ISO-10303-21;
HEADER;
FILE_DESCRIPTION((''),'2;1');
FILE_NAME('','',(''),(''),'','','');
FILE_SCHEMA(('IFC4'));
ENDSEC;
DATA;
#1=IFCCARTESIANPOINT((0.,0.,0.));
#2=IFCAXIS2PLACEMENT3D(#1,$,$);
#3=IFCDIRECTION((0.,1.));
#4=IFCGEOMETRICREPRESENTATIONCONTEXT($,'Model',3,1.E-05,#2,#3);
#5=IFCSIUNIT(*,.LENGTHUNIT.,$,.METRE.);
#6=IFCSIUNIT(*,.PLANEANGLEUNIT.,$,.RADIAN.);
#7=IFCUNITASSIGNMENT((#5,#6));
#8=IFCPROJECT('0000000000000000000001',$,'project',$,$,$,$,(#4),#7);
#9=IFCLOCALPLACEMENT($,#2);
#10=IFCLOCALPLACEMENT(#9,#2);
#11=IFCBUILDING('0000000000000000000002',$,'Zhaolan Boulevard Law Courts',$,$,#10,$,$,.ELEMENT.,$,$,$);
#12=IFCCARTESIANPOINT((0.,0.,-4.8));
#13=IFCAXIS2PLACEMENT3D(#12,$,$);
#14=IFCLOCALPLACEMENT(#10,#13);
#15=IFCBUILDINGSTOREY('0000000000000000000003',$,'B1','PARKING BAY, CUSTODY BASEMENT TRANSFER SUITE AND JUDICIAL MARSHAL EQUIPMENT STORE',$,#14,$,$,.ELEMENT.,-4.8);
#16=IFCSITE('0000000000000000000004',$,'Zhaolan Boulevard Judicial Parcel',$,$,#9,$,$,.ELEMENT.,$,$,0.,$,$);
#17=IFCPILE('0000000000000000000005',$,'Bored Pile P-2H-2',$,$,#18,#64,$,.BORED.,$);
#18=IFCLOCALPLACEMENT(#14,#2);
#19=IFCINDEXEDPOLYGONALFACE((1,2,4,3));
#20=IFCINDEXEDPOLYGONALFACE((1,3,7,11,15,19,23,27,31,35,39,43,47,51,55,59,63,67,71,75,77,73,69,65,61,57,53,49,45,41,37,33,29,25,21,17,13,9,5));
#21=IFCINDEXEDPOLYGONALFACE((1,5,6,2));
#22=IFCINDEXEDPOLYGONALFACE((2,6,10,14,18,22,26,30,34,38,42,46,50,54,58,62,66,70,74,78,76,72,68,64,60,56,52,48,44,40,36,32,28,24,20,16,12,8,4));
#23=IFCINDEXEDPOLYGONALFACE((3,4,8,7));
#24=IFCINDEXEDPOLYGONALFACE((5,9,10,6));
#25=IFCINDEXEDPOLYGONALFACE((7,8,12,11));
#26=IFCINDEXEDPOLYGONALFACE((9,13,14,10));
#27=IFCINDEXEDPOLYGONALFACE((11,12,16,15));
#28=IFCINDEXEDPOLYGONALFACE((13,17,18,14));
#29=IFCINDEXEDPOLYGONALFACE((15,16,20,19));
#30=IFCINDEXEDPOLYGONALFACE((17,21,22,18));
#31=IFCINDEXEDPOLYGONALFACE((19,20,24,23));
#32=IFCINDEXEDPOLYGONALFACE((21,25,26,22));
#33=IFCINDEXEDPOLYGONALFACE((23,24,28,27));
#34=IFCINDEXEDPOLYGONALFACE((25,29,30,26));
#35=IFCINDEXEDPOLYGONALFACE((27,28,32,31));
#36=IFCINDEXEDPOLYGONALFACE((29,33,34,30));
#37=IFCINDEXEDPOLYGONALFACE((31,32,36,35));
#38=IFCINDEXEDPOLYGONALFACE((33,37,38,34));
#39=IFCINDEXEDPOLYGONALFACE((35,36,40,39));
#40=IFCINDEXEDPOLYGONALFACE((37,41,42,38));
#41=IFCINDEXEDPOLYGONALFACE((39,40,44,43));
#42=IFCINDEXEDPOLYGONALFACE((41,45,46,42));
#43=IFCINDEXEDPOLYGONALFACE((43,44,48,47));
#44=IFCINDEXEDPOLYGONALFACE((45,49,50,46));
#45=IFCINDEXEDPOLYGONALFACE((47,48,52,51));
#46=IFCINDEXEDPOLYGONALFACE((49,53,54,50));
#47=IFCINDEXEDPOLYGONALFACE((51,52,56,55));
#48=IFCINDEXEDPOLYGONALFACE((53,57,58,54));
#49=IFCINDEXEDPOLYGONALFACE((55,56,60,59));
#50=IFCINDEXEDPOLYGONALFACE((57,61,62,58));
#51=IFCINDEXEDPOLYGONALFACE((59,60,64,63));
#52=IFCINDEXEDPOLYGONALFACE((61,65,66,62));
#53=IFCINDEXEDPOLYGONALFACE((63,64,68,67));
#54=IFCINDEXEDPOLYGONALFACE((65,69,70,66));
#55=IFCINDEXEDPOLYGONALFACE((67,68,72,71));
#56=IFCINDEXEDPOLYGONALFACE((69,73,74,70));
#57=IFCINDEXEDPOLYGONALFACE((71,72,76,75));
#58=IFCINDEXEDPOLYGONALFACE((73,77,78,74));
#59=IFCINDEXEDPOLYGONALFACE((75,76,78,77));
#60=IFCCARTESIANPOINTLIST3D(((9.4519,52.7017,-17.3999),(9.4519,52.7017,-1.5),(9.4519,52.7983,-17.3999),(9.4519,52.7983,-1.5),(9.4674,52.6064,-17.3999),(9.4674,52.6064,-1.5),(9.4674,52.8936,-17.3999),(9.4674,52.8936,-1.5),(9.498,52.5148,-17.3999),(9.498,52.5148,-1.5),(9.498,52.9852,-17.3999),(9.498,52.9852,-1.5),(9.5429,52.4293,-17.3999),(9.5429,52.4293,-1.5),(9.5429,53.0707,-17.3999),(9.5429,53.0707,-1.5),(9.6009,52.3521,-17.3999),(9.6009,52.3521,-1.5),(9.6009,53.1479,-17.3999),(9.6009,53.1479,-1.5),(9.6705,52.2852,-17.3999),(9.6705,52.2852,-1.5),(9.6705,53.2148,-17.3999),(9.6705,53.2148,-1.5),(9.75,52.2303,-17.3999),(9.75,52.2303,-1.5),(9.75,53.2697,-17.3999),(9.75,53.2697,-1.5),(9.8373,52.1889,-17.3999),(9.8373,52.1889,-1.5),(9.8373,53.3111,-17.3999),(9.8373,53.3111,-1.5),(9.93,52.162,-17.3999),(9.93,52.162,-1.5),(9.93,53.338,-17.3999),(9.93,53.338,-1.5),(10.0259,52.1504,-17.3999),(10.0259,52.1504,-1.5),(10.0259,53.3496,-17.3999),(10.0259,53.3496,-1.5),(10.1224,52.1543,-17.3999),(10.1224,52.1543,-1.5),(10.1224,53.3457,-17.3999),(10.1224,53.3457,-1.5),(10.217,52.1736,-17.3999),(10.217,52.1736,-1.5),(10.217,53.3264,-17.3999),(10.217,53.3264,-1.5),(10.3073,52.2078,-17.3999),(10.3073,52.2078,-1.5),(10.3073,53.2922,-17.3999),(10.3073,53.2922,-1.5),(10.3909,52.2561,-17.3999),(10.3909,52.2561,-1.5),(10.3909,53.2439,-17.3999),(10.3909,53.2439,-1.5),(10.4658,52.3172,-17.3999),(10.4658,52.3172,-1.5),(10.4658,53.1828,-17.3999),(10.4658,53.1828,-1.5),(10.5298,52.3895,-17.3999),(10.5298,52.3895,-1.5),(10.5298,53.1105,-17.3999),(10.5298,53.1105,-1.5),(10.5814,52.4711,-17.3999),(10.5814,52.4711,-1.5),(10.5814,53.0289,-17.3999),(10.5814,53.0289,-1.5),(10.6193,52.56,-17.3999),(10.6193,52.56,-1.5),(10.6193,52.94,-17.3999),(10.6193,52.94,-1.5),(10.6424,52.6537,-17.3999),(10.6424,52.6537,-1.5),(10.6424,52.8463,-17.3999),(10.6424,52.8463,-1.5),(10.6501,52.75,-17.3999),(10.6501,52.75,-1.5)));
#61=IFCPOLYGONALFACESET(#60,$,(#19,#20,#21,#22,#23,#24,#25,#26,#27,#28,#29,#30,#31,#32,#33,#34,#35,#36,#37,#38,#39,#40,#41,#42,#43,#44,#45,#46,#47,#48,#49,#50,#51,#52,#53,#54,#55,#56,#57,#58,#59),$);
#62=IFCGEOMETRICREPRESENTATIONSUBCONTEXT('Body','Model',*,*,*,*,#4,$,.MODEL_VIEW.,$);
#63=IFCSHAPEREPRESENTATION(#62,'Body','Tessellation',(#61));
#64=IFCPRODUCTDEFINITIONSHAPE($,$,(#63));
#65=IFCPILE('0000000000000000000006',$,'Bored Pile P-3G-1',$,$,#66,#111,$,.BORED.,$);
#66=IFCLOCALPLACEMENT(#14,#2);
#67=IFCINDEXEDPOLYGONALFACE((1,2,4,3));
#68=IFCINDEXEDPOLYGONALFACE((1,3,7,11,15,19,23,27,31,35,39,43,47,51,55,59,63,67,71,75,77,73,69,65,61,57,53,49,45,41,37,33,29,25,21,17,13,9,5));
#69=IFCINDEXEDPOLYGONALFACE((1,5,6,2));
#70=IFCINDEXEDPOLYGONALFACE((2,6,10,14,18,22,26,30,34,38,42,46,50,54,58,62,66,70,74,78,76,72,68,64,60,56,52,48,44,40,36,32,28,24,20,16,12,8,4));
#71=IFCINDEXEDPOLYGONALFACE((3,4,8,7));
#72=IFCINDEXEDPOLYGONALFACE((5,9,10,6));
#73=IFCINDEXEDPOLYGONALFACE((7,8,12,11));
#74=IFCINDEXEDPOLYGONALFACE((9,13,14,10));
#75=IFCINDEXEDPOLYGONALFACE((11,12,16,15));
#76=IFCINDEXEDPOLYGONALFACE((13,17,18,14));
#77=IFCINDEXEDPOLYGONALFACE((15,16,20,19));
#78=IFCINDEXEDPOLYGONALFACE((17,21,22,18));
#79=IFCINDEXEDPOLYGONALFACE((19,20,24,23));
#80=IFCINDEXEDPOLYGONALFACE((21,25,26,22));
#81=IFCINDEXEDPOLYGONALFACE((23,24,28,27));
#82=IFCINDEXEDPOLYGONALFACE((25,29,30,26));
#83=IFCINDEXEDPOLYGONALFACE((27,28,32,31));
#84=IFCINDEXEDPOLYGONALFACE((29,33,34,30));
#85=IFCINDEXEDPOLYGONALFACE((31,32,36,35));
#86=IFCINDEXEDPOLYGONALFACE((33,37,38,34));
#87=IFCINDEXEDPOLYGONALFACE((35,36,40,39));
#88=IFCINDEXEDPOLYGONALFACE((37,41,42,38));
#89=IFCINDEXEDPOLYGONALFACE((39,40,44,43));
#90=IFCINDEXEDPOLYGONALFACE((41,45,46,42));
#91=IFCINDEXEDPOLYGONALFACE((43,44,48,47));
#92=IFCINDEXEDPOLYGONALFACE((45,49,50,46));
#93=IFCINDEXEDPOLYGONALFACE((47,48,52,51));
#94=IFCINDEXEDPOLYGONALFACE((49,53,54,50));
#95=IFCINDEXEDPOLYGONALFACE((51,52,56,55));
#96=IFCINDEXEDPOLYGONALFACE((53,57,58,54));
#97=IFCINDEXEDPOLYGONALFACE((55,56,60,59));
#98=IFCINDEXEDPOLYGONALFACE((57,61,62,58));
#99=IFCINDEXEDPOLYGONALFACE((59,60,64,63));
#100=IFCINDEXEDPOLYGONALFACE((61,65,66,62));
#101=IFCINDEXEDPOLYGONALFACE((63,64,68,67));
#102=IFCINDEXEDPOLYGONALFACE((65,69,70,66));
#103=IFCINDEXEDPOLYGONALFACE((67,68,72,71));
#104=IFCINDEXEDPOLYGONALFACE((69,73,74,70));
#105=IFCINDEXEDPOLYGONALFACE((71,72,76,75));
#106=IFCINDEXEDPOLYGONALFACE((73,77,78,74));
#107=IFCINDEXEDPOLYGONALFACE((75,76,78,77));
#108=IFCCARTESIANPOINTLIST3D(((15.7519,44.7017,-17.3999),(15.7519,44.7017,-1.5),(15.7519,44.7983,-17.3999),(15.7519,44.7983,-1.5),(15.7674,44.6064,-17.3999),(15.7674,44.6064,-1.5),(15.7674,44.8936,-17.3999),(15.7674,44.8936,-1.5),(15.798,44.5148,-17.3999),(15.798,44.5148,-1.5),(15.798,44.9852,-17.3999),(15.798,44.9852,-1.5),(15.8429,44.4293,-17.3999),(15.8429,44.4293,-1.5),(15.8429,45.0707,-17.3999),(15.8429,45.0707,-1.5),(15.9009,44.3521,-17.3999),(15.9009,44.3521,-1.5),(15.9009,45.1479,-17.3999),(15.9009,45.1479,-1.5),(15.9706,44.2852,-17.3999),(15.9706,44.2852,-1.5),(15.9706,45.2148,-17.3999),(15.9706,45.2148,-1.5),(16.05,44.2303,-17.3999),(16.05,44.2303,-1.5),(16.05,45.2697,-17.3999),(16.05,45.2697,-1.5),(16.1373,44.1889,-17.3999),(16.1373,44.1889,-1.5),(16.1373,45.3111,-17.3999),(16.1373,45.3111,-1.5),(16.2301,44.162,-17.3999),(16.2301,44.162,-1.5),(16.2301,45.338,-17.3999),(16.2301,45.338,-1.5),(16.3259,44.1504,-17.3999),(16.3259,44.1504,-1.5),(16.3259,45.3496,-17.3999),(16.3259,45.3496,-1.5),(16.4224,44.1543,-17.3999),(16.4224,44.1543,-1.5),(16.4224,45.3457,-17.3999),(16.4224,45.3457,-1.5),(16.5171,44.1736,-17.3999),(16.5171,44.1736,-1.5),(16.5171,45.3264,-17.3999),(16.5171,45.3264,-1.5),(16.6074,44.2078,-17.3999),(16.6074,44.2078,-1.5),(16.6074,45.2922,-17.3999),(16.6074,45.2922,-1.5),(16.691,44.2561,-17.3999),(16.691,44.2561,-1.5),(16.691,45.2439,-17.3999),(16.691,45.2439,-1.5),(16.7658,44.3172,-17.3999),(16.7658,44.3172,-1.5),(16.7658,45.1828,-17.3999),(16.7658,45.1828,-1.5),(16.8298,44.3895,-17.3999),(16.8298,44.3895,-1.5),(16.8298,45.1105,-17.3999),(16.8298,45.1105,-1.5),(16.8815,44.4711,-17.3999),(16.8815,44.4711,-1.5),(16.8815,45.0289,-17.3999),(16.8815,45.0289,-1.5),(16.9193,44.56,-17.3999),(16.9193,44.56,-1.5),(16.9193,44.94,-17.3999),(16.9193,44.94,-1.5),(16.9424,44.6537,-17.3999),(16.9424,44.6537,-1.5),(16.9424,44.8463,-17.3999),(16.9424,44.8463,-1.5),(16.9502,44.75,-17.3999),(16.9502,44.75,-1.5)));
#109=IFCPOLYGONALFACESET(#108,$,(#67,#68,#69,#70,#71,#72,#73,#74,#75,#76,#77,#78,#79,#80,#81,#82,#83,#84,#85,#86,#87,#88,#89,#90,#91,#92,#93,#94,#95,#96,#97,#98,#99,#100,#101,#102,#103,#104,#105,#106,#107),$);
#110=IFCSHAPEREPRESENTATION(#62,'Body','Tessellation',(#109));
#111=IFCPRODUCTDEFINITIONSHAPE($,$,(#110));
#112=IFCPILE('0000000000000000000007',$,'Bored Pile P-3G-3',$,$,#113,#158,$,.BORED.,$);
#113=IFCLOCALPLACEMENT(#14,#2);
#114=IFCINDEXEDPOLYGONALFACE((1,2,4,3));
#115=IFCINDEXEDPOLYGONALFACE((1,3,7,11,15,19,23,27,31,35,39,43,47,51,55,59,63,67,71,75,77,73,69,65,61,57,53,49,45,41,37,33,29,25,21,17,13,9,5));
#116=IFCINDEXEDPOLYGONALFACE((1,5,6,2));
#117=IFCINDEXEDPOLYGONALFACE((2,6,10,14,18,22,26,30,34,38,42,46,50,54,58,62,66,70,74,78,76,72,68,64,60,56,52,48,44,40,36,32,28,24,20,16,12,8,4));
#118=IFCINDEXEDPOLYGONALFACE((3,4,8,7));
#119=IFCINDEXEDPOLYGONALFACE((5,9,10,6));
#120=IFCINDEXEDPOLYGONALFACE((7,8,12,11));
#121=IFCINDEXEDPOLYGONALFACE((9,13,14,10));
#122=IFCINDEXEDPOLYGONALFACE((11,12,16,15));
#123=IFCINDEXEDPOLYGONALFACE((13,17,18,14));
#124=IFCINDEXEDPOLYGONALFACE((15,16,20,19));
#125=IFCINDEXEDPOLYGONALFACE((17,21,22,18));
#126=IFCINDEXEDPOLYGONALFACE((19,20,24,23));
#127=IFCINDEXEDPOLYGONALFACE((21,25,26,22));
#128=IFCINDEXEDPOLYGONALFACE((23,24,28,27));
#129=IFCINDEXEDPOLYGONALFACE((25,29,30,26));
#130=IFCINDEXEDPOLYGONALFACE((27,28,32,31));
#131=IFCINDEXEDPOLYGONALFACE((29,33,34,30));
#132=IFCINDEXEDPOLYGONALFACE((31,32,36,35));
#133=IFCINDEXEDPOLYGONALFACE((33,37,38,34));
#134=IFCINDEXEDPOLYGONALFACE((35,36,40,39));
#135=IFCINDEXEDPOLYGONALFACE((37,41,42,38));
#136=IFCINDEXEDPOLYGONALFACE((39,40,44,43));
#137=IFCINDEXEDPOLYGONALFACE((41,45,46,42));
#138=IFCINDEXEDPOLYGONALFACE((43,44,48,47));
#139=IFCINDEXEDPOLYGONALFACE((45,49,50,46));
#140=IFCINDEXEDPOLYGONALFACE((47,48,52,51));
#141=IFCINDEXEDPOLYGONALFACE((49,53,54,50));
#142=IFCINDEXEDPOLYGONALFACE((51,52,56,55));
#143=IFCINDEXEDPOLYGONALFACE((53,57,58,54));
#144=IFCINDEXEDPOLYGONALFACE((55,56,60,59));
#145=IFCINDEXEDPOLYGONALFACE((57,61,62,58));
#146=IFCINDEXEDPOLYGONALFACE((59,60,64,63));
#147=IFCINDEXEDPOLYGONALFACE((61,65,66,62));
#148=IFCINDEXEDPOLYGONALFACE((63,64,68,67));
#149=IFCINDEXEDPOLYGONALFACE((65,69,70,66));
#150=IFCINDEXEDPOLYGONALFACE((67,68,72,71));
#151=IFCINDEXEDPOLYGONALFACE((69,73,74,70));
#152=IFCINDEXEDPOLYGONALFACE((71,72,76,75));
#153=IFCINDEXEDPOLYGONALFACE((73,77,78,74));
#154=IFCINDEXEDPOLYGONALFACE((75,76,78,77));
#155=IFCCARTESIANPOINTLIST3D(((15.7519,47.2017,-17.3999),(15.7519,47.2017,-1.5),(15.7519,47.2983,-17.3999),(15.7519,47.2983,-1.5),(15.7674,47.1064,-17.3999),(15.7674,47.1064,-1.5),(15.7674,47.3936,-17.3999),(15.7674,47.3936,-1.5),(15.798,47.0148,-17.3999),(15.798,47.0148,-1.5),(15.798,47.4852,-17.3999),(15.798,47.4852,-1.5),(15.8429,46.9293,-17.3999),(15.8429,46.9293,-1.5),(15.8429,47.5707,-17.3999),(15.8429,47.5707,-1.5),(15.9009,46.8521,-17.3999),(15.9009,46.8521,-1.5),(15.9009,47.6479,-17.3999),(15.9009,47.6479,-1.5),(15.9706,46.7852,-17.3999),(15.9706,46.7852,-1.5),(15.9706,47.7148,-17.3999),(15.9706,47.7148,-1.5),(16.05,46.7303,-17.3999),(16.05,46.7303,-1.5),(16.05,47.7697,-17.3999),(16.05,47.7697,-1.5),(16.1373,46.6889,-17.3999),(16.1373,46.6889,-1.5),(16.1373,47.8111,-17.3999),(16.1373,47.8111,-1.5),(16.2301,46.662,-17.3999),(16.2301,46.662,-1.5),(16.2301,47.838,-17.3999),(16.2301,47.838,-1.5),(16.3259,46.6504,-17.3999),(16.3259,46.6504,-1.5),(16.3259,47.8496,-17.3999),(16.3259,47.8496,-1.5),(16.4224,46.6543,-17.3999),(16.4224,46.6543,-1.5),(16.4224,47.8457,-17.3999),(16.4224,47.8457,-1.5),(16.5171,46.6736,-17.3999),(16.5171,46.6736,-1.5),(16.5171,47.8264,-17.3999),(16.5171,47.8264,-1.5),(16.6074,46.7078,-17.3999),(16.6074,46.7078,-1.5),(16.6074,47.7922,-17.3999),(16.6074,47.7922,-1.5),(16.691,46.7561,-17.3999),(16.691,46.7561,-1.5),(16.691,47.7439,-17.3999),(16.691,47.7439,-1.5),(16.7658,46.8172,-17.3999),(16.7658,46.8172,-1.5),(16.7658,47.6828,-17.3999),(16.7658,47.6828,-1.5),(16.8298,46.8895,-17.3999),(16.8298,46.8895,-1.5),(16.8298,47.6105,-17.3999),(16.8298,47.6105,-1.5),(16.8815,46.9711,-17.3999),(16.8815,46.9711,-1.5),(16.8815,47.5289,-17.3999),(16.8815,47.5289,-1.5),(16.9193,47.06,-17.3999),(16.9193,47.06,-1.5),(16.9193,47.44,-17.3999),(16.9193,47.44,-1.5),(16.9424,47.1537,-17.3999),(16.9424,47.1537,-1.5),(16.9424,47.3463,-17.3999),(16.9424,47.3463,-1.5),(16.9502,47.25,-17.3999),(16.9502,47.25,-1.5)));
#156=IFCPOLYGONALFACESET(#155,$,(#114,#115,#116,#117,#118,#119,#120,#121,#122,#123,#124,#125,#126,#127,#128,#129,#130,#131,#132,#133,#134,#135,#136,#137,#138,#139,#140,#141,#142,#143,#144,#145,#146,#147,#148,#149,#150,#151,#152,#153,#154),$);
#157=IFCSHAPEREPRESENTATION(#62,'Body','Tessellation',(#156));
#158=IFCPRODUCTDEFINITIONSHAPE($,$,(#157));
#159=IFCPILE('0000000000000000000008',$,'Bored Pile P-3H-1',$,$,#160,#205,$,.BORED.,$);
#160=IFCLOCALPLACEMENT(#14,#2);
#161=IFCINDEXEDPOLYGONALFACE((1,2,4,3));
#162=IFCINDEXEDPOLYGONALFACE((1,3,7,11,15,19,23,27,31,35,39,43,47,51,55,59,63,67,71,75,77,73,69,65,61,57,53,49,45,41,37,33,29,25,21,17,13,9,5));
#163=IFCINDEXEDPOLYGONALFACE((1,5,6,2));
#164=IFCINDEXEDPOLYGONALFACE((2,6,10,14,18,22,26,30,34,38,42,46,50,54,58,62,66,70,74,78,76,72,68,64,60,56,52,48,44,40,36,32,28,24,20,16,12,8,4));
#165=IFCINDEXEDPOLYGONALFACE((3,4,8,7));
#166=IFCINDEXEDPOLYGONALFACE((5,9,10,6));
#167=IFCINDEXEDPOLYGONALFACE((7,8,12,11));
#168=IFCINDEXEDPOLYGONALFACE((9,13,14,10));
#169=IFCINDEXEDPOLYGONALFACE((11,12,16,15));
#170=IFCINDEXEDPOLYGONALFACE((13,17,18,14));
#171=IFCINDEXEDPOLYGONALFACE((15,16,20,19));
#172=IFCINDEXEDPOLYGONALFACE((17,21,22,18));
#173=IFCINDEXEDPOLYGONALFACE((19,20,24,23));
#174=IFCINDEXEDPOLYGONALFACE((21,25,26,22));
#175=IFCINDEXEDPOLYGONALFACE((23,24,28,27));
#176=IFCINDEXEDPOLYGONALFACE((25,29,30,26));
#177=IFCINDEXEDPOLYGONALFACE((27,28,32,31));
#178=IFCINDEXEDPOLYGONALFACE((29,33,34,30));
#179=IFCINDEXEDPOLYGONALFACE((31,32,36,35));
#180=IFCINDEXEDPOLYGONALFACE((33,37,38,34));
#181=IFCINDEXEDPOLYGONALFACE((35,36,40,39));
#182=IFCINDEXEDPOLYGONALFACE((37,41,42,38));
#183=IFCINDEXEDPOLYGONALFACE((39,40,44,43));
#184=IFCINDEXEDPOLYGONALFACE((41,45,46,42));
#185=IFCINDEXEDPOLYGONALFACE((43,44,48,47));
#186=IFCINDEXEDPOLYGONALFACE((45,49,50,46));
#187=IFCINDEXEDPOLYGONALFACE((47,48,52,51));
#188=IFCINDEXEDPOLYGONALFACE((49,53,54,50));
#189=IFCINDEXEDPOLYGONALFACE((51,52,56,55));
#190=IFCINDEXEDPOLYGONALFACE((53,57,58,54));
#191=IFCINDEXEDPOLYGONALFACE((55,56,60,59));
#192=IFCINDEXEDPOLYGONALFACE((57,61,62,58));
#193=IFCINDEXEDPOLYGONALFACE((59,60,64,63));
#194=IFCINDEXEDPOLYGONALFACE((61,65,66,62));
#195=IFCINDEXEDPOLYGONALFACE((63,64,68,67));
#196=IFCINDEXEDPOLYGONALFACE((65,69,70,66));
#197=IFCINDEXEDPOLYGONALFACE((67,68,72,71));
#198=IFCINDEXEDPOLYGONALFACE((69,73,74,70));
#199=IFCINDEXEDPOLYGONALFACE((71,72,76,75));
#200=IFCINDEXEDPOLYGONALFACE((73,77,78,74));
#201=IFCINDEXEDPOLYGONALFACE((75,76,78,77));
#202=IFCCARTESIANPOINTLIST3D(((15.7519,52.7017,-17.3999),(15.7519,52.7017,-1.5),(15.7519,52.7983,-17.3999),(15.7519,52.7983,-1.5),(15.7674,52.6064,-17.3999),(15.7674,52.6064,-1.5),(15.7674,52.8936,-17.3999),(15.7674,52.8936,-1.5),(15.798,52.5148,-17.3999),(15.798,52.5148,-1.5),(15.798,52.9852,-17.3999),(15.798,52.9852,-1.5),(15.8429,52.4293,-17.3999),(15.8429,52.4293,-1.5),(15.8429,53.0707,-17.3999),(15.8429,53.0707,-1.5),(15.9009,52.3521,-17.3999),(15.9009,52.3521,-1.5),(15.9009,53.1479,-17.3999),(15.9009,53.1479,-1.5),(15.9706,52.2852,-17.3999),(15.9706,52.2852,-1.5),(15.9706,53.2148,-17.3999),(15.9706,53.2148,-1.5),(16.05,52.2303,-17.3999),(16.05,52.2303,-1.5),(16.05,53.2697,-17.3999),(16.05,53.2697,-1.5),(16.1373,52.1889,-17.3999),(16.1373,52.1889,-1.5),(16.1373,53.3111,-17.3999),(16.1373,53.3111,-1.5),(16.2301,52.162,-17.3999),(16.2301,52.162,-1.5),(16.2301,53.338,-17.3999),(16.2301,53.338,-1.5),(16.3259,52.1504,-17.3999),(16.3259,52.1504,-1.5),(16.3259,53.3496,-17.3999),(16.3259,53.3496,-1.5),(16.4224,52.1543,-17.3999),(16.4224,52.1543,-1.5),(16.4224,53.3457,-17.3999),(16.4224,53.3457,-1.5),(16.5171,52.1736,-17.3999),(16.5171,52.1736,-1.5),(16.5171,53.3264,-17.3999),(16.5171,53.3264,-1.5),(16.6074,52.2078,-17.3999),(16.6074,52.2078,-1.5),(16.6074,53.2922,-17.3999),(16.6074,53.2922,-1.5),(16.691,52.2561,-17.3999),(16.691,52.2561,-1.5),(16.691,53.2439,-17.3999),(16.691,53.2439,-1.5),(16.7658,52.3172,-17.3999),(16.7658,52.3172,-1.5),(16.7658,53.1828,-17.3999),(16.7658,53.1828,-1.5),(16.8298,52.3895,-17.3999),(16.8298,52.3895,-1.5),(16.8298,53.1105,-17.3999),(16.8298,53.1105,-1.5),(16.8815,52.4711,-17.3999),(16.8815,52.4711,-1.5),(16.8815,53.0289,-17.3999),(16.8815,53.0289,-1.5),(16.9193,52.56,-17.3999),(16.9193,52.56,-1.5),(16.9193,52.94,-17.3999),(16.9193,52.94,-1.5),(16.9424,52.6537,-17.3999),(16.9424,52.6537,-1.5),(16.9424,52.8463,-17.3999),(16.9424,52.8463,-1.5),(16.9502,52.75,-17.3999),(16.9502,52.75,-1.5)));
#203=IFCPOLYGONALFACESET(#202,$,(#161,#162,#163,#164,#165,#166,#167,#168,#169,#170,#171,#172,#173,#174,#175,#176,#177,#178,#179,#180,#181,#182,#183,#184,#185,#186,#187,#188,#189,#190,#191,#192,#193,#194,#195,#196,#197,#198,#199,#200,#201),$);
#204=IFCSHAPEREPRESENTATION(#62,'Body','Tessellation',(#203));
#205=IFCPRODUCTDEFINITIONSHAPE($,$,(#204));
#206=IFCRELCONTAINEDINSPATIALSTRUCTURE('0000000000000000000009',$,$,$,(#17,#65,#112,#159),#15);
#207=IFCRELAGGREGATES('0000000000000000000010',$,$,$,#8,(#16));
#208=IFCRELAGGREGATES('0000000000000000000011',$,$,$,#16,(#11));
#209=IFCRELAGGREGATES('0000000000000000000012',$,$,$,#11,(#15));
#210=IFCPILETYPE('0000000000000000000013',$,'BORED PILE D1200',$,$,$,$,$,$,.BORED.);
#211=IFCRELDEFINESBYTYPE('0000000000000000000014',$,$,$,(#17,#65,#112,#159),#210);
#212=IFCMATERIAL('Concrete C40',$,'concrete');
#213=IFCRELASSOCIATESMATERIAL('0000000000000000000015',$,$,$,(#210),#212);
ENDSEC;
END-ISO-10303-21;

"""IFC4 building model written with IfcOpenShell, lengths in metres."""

from ifc_helpers import new_model, si_unit, direction, frame, origin, origin_2d, place, context, subcontext, project, spatial, circle, extrude, material, material_profile, profile_set, type_object, element, save


model = new_model("IFC4")

# Units and contexts
model_context = context("Model", 3, precision=1e-05, world=origin(), true_north=direction((0.0, 1.0)))
body_context = subcontext(model_context, "Body", "Model", "MODEL_VIEW")
ifc_project = project(units=[si_unit("LENGTHUNIT", "METRE"), si_unit("PLANEANGLEUNIT", "RADIAN")], contexts=[model_context])

# Site, building, storey
site_placement = place(None, origin())
site = spatial("IfcSite", under=ifc_project, at=site_placement, Name="Zhaolan Boulevard Judicial Parcel", CompositionType="ELEMENT", RefElevation=0.0)
building_placement = place(site_placement, origin())
building = spatial("IfcBuilding", under=site, at=building_placement, Name="Zhaolan Boulevard Law Courts", CompositionType="ELEMENT")
storey_placement = place(building_placement, frame((0.0, 0.0, -4.8)))
storey = spatial("IfcBuildingStorey", under=building, at=storey_placement, Name="B1", Description="PARKING BAY, CUSTODY BASEMENT TRANSFER SUITE AND JUDICIAL MARSHAL EQUIPMENT STORE", CompositionType="ELEMENT", Elevation=-4.8)

# Piles
ifc_material_1 = material(Name="Concrete C40", Category="concrete")
ifc_material_profile_1 = material_profile(ifc_material_1, circle(Radius=0.6001, at=origin_2d()), Name="PILE-D1200")
ifc_profile_set_1 = profile_set([ifc_material_profile_1], Name="Concrete C40")
pile_type = type_object("IfcPileType", Name="BORED PILE D1200", PredefinedType="BORED", material=ifc_profile_set_1)
for number, where, z_axis, x_axis, name in (
    (1, (10.05, 52.75, -1.5), (0.0, 0.0, -1.0), (1.0, 0.0, 0.0), "Bored Pile P-2H-2"),
    (2, (16.3501, 44.75, -1.5), (0.0, 0.0, -1.0), (1.0, 0.0, 0.0), "Bored Pile P-3G-1"),
    (3, (16.3501, 47.25, -1.5), (0.0, 0.0, -1.0), (1.0, 0.0, 0.0), "Bored Pile P-3G-3"),
    (4, (16.3501, 52.75, -1.5), (0.0, 0.0, -1.0), (1.0, 0.0, 0.0), "Bored Pile P-3H-1"),
):
    element("IfcPile", number, at=place(storey_placement, frame(where, z_axis=z_axis, x_axis=x_axis)), inside=storey, type_object=pile_type, Name=name, PredefinedType="BORED", context=body_context, shape_type="SweptSolid", body=[
        extrude(circle(Radius=0.6001, at=origin_2d()), origin(), (0.0, 0.0, 1.0), 15.8999),
    ])

save(model, "model.ifc")
